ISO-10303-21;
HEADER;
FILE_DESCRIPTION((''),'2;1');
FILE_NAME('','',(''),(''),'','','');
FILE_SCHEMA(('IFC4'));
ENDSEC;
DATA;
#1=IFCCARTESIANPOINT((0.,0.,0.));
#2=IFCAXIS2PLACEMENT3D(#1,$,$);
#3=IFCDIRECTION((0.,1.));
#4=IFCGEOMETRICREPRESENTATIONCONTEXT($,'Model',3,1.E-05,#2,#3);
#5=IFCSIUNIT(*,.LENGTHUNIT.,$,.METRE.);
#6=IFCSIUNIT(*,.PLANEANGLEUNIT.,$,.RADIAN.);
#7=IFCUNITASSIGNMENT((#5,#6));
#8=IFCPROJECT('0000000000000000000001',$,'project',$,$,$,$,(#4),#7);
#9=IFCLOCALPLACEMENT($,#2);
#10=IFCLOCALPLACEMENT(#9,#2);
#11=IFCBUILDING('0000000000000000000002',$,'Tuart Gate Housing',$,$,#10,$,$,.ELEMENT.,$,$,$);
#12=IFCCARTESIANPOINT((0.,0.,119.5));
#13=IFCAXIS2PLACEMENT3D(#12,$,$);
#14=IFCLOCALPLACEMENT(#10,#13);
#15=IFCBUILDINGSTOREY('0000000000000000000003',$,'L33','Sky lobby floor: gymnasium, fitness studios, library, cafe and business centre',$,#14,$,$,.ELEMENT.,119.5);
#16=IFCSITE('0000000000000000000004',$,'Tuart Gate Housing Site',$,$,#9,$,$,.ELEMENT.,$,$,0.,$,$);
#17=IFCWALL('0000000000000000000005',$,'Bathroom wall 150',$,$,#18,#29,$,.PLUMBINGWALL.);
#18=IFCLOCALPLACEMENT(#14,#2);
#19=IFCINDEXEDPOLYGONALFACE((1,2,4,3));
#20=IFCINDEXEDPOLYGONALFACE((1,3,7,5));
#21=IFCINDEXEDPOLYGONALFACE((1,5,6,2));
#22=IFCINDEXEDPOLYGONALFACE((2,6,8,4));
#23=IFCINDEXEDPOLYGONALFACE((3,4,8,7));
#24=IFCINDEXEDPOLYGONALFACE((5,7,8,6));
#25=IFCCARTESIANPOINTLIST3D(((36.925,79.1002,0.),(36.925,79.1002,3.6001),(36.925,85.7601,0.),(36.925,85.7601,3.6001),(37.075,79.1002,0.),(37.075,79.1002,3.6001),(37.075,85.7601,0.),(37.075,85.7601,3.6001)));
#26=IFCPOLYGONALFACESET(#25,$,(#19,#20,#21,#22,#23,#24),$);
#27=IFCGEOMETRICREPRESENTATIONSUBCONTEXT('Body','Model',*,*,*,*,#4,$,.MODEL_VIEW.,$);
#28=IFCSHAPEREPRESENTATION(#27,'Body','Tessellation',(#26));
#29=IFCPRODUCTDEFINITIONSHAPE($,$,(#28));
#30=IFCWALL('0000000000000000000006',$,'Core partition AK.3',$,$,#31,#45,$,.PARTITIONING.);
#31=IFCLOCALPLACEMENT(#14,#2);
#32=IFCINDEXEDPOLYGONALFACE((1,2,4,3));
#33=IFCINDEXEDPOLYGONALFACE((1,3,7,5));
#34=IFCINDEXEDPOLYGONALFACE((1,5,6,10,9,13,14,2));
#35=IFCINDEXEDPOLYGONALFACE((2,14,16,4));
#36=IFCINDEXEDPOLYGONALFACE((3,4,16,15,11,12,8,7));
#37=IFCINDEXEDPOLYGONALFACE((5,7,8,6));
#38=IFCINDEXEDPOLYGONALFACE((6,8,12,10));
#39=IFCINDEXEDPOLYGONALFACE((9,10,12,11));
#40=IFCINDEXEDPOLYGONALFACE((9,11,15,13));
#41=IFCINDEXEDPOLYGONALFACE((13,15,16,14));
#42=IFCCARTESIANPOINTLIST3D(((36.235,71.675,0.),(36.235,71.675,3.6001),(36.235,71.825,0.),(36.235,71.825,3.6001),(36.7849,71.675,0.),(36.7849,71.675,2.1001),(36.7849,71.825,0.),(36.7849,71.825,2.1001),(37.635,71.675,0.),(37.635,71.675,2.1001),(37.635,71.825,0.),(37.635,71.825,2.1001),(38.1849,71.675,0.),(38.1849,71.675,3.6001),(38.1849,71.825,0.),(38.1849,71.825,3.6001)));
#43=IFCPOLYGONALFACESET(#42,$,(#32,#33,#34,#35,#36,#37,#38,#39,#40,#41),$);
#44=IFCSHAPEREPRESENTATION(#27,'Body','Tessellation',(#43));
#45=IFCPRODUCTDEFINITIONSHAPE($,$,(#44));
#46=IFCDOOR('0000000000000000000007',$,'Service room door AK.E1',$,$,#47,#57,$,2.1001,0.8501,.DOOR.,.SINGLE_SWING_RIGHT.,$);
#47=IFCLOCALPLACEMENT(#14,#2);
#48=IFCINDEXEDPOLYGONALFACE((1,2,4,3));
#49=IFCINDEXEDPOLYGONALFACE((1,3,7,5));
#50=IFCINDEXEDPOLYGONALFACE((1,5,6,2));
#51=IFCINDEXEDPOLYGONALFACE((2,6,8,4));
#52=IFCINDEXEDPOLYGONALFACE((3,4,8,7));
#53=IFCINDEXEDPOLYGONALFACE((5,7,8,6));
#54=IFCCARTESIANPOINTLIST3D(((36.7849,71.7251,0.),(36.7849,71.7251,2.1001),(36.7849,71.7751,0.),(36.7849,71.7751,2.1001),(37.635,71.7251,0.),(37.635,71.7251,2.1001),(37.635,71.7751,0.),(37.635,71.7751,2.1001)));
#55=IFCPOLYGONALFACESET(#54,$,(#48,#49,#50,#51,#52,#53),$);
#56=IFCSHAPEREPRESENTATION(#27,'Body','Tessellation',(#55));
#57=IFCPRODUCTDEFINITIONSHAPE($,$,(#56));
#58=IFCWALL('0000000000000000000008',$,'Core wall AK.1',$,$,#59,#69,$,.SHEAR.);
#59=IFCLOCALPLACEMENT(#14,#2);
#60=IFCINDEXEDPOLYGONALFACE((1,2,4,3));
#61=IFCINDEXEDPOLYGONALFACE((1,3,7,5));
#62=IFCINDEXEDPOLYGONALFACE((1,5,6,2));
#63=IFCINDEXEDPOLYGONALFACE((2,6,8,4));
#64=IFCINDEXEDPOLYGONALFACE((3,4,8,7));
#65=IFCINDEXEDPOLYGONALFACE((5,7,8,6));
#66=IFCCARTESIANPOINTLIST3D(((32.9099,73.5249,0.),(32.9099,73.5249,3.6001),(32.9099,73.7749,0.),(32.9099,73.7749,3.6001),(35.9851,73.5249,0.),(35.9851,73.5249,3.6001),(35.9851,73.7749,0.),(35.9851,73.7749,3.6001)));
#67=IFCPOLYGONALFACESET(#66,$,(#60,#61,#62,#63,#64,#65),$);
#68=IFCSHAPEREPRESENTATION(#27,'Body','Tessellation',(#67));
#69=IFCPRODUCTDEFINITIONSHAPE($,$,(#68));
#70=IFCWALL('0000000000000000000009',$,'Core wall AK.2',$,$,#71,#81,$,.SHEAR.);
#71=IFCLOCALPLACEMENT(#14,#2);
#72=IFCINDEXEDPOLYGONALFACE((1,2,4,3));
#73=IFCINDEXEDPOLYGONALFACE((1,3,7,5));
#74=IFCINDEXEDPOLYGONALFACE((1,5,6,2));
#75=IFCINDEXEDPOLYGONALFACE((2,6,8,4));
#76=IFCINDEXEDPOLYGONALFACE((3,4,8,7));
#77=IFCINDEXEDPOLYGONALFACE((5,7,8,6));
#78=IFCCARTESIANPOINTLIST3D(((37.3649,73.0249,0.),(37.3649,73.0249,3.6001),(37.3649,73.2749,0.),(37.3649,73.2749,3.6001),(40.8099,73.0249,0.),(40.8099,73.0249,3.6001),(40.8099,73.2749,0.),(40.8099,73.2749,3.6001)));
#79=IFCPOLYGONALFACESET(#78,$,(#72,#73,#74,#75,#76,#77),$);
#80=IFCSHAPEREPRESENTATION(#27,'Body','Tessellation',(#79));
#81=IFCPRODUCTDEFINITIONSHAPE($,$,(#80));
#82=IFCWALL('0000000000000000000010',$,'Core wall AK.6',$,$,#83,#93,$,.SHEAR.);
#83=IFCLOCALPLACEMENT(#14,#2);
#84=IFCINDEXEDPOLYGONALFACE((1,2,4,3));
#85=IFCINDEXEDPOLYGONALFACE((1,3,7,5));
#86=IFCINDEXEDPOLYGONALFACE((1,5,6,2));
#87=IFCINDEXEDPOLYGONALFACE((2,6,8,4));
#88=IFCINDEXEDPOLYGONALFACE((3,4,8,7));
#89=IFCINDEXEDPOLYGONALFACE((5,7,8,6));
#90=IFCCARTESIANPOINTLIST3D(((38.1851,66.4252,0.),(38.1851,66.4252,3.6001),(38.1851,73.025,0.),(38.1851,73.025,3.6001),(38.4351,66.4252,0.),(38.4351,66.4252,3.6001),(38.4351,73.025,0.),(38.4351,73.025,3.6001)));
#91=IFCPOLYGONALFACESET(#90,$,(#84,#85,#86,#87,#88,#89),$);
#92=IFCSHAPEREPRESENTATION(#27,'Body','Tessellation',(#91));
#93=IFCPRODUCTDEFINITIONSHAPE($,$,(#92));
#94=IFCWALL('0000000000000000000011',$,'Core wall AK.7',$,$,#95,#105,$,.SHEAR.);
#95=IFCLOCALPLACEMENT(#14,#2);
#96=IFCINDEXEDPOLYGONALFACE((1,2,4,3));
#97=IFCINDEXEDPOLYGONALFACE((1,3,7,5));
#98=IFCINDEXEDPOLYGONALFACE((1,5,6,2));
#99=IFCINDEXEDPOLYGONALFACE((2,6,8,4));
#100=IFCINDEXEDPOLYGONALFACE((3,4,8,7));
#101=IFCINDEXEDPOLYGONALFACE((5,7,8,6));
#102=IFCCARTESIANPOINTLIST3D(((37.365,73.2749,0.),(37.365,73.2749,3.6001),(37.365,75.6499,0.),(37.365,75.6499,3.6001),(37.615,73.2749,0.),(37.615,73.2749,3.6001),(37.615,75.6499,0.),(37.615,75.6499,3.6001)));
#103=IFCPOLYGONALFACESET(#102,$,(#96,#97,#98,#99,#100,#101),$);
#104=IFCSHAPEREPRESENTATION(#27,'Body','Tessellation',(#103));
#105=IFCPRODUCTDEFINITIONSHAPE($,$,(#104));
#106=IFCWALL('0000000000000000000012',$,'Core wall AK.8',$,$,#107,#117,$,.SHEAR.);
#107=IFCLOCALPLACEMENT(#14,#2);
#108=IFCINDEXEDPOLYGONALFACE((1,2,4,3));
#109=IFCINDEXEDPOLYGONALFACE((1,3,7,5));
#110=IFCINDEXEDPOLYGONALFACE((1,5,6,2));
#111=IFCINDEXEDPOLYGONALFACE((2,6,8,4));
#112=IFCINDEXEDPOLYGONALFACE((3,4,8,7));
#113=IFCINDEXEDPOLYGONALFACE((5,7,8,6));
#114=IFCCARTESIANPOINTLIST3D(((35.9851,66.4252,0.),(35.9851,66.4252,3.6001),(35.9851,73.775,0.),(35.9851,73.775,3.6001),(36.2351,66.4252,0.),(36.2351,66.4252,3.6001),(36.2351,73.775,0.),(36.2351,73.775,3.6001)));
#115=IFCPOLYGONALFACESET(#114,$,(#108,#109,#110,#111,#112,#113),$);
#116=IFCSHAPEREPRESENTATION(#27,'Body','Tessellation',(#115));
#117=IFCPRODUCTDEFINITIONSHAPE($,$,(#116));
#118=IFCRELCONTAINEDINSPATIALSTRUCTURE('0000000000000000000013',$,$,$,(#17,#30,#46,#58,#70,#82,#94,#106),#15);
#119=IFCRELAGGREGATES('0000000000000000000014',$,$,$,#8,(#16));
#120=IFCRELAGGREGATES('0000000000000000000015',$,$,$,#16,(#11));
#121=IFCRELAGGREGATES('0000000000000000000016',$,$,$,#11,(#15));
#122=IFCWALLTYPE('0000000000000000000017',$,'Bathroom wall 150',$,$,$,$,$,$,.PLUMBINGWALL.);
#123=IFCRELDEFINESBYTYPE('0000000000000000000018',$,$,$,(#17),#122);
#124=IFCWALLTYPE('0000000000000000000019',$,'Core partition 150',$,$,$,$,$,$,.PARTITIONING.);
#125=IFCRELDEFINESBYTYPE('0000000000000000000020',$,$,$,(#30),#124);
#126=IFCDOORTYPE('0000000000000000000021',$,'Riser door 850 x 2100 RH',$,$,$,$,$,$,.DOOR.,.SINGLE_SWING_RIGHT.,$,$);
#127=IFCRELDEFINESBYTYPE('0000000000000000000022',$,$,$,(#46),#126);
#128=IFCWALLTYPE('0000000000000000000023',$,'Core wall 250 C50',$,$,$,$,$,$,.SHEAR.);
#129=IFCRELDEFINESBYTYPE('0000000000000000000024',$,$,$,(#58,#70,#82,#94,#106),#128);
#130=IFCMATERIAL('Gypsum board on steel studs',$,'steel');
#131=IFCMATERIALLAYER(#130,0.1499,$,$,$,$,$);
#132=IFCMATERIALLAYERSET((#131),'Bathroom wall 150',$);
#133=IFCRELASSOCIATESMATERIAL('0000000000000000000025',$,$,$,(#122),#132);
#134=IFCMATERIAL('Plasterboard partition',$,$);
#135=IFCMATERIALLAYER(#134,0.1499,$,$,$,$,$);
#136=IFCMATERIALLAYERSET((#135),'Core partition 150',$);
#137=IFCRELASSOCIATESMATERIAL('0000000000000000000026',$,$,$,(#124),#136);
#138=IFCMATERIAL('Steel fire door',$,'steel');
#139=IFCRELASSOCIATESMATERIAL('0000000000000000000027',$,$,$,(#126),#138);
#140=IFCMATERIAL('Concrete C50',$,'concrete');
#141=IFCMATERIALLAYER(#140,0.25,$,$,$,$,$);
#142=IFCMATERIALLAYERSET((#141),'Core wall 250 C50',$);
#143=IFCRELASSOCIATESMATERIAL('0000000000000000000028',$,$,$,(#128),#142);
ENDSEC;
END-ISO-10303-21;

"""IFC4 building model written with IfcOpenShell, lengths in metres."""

from ifc_helpers import new_model, si_unit, direction, frame, frame_2d, origin, place, context, subcontext, project, spatial, rectangle, extrude, material, layer, layer_set, type_object, element, fill, save


model = new_model("IFC4")

# Units and contexts
model_context = context("Model", 3, precision=1e-05, world=origin(), true_north=direction((0.0, 1.0)))
body_context = subcontext(model_context, "Body", "Model", "MODEL_VIEW")
ifc_project = project(units=[si_unit("LENGTHUNIT", "METRE"), si_unit("PLANEANGLEUNIT", "RADIAN")], contexts=[model_context])

# Site, building, storey
site_placement = place(None, origin())
site = spatial("IfcSite", under=ifc_project, at=site_placement, Name="Tuart Gate Housing Site", CompositionType="ELEMENT", RefElevation=0.0)
building_placement = place(site_placement, origin())
building = spatial("IfcBuilding", under=site, at=building_placement, Name="Tuart Gate Housing", CompositionType="ELEMENT")
storey_placement = place(building_placement, frame((0.0, 0.0, 119.5)))
storey = spatial("IfcBuildingStorey", under=building, at=storey_placement, Name="L33", Description="Sky lobby floor: gymnasium, fitness studios, library, cafe and business centre", CompositionType="ELEMENT", Elevation=119.5)

# Wall
ifc_material_1 = material(Name="Gypsum board on steel studs", Category="steel")
ifc_layer_1 = layer(ifc_material_1, 0.1499)
ifc_layer_set_1 = layer_set([ifc_layer_1], Name="Bathroom wall 150")
wall_type_1 = type_object("IfcWallType", Name="Bathroom wall 150", PredefinedType="PLUMBINGWALL", material=ifc_layer_set_1)
wall_1_placement = place(storey_placement, frame((37.0, 79.1001, 0.0), z_axis=(0.0, 0.0, 1.0), x_axis=(0.0, 1.0, 0.0)))
element("IfcWall", 1, at=wall_1_placement, inside=storey, type_object=wall_type_1, Name="Bathroom wall 150", PredefinedType="PLUMBINGWALL", context=body_context, shape_type="SweptSolid", body=[
    extrude(rectangle(XDim=6.6599, YDim=0.1499, at=frame_2d((3.3301, 0.0))), origin(), (0.0, 0.0, 1.0), 3.6001),
])

# Wall, opening, door
ifc_material_2 = material(Name="Plasterboard partition")
ifc_layer_2 = layer(ifc_material_2, 0.1499)
ifc_layer_set_2 = layer_set([ifc_layer_2], Name="Core partition 150")
wall_type_2 = type_object("IfcWallType", Name="Core partition 150", PredefinedType="PARTITIONING", material=ifc_layer_set_2)
wall_2_placement = place(storey_placement, frame((38.1851, 71.75, 0.0), z_axis=(0.0, 0.0, 1.0), x_axis=(-1.0, 0.0, 0.0)))
wall_2 = element("IfcWall", 2, at=wall_2_placement, inside=storey, type_object=wall_type_2, Name="Core partition AK.3", PredefinedType="PARTITIONING", context=body_context, shape_type="SweptSolid", body=[
    extrude(rectangle(XDim=1.95, YDim=0.1499, at=frame_2d((0.9751, 0.0))), origin(), (0.0, 0.0, 1.0), 3.6001),
])
opening_1_placement = place(wall_2_placement, frame((0.55, 0.0, 0.0)))
opening_1 = element("IfcOpeningElement", 3, at=opening_1_placement, cuts=wall_2, PredefinedType="OPENING", context=body_context, shape_type="SweptSolid", body=[
    extrude(rectangle(XDim=0.8501, YDim=2.1001, at=frame_2d((0.425, 1.05))), frame((0.0, 0.085, 0.0), z_axis=(0.0, -1.0, 0.0), x_axis=(1.0, 0.0, 0.0)), (0.0, 0.0, 1.0), 0.1699),
])
ifc_material_3 = material(Name="Steel fire door", Category="steel")
door_type_1 = type_object("IfcDoorType", Name="Riser door 850 x 2100 RH", OperationType="SINGLE_SWING_RIGHT", PredefinedType="DOOR", material=ifc_material_3)
door_1_placement = place(opening_1_placement, frame((0.8501, 0.0, 0.0), z_axis=(0.0, 0.0, 1.0), x_axis=(-1.0, 0.0, 0.0)))
door_1 = element("IfcDoor", 4, at=door_1_placement, inside=storey, type_object=door_type_1, Name="Service room door AK.E1", OperationType="SINGLE_SWING_RIGHT", OverallHeight=2.1001, OverallWidth=0.8501, PredefinedType="DOOR", context=body_context, shape_type="SweptSolid", body=[
    extrude(rectangle(XDim=0.8501, YDim=2.1001, at=frame_2d((0.425, 1.05))), frame((0.0, 0.0251, 0.0), z_axis=(0.0, -1.0, 0.0), x_axis=(1.0, 0.0, 0.0)), (0.0, 0.0, 1.0), 0.05),
])
fill(opening_1, door_1)

# Walls
ifc_material_4 = material(Name="Concrete C50", Category="concrete")
ifc_layer_3 = layer(ifc_material_4, 0.25)
ifc_layer_set_3 = layer_set([ifc_layer_3], Name="Core wall 250 C50")
wall_type_3 = type_object("IfcWallType", Name="Core wall 250 C50", PredefinedType="SHEAR", material=ifc_layer_set_3)
wall_3_placement = place(storey_placement, frame((35.9851, 73.6499, 0.0), z_axis=(0.0, 0.0, 1.0), x_axis=(-1.0, 0.0, 0.0)))
element("IfcWall", 5, at=wall_3_placement, inside=storey, type_object=wall_type_3, Name="Core wall AK.1", PredefinedType="SHEAR", context=body_context, shape_type="SweptSolid", body=[
    extrude(rectangle(XDim=3.0752, YDim=0.25, at=frame_2d((1.5376, 0.0))), origin(), (0.0, 0.0, 1.0), 3.6001),
])
wall_4_placement = place(storey_placement, frame((40.8101, 73.1499, 0.0), z_axis=(0.0, 0.0, 1.0), x_axis=(-1.0, 0.0, 0.0)))
element("IfcWall", 6, at=wall_4_placement, inside=storey, type_object=wall_type_3, Name="Core wall AK.2", PredefinedType="SHEAR", context=body_context, shape_type="SweptSolid", body=[
    extrude(rectangle(XDim=3.4451, YDim=0.25, at=frame_2d((1.7227, 0.0))), origin(), (0.0, 0.0, 1.0), 3.6001),
])
wall_5_placement = place(storey_placement, frame((38.3101, 73.0249, 0.0), z_axis=(0.0, 0.0, 1.0), x_axis=(0.0, -1.0, 0.0)))
element("IfcWall", 7, at=wall_5_placement, inside=storey, type_object=wall_type_3, Name="Core wall AK.6", PredefinedType="SHEAR", context=body_context, shape_type="SweptSolid", body=[
    extrude(rectangle(XDim=6.5999, YDim=0.25, at=frame_2d((3.2998, 0.0))), origin(), (0.0, 0.0, 1.0), 3.6001),
])
wall_6_placement = place(storey_placement, frame((37.49, 75.6499, 0.0), z_axis=(0.0, 0.0, 1.0), x_axis=(0.0, -1.0, 0.0)))
element("IfcWall", 8, at=wall_6_placement, inside=storey, type_object=wall_type_3, Name="Core wall AK.7", PredefinedType="SHEAR", context=body_context, shape_type="SweptSolid", body=[
    extrude(rectangle(XDim=2.375, YDim=0.25, at=frame_2d((1.1875, 0.0))), origin(), (0.0, 0.0, 1.0), 3.6001),
])
wall_7_placement = place(storey_placement, frame((36.1101, 73.7749, 0.0), z_axis=(0.0, 0.0, 1.0), x_axis=(0.0, -1.0, 0.0)))
element("IfcWall", 9, at=wall_7_placement, inside=storey, type_object=wall_type_3, Name="Core wall AK.8", PredefinedType="SHEAR", context=body_context, shape_type="SweptSolid", body=[
    extrude(rectangle(XDim=7.3499, YDim=0.25, at=frame_2d((3.6748, 0.0))), origin(), (0.0, 0.0, 1.0), 3.6001),
])

save(model, "model.ifc")
